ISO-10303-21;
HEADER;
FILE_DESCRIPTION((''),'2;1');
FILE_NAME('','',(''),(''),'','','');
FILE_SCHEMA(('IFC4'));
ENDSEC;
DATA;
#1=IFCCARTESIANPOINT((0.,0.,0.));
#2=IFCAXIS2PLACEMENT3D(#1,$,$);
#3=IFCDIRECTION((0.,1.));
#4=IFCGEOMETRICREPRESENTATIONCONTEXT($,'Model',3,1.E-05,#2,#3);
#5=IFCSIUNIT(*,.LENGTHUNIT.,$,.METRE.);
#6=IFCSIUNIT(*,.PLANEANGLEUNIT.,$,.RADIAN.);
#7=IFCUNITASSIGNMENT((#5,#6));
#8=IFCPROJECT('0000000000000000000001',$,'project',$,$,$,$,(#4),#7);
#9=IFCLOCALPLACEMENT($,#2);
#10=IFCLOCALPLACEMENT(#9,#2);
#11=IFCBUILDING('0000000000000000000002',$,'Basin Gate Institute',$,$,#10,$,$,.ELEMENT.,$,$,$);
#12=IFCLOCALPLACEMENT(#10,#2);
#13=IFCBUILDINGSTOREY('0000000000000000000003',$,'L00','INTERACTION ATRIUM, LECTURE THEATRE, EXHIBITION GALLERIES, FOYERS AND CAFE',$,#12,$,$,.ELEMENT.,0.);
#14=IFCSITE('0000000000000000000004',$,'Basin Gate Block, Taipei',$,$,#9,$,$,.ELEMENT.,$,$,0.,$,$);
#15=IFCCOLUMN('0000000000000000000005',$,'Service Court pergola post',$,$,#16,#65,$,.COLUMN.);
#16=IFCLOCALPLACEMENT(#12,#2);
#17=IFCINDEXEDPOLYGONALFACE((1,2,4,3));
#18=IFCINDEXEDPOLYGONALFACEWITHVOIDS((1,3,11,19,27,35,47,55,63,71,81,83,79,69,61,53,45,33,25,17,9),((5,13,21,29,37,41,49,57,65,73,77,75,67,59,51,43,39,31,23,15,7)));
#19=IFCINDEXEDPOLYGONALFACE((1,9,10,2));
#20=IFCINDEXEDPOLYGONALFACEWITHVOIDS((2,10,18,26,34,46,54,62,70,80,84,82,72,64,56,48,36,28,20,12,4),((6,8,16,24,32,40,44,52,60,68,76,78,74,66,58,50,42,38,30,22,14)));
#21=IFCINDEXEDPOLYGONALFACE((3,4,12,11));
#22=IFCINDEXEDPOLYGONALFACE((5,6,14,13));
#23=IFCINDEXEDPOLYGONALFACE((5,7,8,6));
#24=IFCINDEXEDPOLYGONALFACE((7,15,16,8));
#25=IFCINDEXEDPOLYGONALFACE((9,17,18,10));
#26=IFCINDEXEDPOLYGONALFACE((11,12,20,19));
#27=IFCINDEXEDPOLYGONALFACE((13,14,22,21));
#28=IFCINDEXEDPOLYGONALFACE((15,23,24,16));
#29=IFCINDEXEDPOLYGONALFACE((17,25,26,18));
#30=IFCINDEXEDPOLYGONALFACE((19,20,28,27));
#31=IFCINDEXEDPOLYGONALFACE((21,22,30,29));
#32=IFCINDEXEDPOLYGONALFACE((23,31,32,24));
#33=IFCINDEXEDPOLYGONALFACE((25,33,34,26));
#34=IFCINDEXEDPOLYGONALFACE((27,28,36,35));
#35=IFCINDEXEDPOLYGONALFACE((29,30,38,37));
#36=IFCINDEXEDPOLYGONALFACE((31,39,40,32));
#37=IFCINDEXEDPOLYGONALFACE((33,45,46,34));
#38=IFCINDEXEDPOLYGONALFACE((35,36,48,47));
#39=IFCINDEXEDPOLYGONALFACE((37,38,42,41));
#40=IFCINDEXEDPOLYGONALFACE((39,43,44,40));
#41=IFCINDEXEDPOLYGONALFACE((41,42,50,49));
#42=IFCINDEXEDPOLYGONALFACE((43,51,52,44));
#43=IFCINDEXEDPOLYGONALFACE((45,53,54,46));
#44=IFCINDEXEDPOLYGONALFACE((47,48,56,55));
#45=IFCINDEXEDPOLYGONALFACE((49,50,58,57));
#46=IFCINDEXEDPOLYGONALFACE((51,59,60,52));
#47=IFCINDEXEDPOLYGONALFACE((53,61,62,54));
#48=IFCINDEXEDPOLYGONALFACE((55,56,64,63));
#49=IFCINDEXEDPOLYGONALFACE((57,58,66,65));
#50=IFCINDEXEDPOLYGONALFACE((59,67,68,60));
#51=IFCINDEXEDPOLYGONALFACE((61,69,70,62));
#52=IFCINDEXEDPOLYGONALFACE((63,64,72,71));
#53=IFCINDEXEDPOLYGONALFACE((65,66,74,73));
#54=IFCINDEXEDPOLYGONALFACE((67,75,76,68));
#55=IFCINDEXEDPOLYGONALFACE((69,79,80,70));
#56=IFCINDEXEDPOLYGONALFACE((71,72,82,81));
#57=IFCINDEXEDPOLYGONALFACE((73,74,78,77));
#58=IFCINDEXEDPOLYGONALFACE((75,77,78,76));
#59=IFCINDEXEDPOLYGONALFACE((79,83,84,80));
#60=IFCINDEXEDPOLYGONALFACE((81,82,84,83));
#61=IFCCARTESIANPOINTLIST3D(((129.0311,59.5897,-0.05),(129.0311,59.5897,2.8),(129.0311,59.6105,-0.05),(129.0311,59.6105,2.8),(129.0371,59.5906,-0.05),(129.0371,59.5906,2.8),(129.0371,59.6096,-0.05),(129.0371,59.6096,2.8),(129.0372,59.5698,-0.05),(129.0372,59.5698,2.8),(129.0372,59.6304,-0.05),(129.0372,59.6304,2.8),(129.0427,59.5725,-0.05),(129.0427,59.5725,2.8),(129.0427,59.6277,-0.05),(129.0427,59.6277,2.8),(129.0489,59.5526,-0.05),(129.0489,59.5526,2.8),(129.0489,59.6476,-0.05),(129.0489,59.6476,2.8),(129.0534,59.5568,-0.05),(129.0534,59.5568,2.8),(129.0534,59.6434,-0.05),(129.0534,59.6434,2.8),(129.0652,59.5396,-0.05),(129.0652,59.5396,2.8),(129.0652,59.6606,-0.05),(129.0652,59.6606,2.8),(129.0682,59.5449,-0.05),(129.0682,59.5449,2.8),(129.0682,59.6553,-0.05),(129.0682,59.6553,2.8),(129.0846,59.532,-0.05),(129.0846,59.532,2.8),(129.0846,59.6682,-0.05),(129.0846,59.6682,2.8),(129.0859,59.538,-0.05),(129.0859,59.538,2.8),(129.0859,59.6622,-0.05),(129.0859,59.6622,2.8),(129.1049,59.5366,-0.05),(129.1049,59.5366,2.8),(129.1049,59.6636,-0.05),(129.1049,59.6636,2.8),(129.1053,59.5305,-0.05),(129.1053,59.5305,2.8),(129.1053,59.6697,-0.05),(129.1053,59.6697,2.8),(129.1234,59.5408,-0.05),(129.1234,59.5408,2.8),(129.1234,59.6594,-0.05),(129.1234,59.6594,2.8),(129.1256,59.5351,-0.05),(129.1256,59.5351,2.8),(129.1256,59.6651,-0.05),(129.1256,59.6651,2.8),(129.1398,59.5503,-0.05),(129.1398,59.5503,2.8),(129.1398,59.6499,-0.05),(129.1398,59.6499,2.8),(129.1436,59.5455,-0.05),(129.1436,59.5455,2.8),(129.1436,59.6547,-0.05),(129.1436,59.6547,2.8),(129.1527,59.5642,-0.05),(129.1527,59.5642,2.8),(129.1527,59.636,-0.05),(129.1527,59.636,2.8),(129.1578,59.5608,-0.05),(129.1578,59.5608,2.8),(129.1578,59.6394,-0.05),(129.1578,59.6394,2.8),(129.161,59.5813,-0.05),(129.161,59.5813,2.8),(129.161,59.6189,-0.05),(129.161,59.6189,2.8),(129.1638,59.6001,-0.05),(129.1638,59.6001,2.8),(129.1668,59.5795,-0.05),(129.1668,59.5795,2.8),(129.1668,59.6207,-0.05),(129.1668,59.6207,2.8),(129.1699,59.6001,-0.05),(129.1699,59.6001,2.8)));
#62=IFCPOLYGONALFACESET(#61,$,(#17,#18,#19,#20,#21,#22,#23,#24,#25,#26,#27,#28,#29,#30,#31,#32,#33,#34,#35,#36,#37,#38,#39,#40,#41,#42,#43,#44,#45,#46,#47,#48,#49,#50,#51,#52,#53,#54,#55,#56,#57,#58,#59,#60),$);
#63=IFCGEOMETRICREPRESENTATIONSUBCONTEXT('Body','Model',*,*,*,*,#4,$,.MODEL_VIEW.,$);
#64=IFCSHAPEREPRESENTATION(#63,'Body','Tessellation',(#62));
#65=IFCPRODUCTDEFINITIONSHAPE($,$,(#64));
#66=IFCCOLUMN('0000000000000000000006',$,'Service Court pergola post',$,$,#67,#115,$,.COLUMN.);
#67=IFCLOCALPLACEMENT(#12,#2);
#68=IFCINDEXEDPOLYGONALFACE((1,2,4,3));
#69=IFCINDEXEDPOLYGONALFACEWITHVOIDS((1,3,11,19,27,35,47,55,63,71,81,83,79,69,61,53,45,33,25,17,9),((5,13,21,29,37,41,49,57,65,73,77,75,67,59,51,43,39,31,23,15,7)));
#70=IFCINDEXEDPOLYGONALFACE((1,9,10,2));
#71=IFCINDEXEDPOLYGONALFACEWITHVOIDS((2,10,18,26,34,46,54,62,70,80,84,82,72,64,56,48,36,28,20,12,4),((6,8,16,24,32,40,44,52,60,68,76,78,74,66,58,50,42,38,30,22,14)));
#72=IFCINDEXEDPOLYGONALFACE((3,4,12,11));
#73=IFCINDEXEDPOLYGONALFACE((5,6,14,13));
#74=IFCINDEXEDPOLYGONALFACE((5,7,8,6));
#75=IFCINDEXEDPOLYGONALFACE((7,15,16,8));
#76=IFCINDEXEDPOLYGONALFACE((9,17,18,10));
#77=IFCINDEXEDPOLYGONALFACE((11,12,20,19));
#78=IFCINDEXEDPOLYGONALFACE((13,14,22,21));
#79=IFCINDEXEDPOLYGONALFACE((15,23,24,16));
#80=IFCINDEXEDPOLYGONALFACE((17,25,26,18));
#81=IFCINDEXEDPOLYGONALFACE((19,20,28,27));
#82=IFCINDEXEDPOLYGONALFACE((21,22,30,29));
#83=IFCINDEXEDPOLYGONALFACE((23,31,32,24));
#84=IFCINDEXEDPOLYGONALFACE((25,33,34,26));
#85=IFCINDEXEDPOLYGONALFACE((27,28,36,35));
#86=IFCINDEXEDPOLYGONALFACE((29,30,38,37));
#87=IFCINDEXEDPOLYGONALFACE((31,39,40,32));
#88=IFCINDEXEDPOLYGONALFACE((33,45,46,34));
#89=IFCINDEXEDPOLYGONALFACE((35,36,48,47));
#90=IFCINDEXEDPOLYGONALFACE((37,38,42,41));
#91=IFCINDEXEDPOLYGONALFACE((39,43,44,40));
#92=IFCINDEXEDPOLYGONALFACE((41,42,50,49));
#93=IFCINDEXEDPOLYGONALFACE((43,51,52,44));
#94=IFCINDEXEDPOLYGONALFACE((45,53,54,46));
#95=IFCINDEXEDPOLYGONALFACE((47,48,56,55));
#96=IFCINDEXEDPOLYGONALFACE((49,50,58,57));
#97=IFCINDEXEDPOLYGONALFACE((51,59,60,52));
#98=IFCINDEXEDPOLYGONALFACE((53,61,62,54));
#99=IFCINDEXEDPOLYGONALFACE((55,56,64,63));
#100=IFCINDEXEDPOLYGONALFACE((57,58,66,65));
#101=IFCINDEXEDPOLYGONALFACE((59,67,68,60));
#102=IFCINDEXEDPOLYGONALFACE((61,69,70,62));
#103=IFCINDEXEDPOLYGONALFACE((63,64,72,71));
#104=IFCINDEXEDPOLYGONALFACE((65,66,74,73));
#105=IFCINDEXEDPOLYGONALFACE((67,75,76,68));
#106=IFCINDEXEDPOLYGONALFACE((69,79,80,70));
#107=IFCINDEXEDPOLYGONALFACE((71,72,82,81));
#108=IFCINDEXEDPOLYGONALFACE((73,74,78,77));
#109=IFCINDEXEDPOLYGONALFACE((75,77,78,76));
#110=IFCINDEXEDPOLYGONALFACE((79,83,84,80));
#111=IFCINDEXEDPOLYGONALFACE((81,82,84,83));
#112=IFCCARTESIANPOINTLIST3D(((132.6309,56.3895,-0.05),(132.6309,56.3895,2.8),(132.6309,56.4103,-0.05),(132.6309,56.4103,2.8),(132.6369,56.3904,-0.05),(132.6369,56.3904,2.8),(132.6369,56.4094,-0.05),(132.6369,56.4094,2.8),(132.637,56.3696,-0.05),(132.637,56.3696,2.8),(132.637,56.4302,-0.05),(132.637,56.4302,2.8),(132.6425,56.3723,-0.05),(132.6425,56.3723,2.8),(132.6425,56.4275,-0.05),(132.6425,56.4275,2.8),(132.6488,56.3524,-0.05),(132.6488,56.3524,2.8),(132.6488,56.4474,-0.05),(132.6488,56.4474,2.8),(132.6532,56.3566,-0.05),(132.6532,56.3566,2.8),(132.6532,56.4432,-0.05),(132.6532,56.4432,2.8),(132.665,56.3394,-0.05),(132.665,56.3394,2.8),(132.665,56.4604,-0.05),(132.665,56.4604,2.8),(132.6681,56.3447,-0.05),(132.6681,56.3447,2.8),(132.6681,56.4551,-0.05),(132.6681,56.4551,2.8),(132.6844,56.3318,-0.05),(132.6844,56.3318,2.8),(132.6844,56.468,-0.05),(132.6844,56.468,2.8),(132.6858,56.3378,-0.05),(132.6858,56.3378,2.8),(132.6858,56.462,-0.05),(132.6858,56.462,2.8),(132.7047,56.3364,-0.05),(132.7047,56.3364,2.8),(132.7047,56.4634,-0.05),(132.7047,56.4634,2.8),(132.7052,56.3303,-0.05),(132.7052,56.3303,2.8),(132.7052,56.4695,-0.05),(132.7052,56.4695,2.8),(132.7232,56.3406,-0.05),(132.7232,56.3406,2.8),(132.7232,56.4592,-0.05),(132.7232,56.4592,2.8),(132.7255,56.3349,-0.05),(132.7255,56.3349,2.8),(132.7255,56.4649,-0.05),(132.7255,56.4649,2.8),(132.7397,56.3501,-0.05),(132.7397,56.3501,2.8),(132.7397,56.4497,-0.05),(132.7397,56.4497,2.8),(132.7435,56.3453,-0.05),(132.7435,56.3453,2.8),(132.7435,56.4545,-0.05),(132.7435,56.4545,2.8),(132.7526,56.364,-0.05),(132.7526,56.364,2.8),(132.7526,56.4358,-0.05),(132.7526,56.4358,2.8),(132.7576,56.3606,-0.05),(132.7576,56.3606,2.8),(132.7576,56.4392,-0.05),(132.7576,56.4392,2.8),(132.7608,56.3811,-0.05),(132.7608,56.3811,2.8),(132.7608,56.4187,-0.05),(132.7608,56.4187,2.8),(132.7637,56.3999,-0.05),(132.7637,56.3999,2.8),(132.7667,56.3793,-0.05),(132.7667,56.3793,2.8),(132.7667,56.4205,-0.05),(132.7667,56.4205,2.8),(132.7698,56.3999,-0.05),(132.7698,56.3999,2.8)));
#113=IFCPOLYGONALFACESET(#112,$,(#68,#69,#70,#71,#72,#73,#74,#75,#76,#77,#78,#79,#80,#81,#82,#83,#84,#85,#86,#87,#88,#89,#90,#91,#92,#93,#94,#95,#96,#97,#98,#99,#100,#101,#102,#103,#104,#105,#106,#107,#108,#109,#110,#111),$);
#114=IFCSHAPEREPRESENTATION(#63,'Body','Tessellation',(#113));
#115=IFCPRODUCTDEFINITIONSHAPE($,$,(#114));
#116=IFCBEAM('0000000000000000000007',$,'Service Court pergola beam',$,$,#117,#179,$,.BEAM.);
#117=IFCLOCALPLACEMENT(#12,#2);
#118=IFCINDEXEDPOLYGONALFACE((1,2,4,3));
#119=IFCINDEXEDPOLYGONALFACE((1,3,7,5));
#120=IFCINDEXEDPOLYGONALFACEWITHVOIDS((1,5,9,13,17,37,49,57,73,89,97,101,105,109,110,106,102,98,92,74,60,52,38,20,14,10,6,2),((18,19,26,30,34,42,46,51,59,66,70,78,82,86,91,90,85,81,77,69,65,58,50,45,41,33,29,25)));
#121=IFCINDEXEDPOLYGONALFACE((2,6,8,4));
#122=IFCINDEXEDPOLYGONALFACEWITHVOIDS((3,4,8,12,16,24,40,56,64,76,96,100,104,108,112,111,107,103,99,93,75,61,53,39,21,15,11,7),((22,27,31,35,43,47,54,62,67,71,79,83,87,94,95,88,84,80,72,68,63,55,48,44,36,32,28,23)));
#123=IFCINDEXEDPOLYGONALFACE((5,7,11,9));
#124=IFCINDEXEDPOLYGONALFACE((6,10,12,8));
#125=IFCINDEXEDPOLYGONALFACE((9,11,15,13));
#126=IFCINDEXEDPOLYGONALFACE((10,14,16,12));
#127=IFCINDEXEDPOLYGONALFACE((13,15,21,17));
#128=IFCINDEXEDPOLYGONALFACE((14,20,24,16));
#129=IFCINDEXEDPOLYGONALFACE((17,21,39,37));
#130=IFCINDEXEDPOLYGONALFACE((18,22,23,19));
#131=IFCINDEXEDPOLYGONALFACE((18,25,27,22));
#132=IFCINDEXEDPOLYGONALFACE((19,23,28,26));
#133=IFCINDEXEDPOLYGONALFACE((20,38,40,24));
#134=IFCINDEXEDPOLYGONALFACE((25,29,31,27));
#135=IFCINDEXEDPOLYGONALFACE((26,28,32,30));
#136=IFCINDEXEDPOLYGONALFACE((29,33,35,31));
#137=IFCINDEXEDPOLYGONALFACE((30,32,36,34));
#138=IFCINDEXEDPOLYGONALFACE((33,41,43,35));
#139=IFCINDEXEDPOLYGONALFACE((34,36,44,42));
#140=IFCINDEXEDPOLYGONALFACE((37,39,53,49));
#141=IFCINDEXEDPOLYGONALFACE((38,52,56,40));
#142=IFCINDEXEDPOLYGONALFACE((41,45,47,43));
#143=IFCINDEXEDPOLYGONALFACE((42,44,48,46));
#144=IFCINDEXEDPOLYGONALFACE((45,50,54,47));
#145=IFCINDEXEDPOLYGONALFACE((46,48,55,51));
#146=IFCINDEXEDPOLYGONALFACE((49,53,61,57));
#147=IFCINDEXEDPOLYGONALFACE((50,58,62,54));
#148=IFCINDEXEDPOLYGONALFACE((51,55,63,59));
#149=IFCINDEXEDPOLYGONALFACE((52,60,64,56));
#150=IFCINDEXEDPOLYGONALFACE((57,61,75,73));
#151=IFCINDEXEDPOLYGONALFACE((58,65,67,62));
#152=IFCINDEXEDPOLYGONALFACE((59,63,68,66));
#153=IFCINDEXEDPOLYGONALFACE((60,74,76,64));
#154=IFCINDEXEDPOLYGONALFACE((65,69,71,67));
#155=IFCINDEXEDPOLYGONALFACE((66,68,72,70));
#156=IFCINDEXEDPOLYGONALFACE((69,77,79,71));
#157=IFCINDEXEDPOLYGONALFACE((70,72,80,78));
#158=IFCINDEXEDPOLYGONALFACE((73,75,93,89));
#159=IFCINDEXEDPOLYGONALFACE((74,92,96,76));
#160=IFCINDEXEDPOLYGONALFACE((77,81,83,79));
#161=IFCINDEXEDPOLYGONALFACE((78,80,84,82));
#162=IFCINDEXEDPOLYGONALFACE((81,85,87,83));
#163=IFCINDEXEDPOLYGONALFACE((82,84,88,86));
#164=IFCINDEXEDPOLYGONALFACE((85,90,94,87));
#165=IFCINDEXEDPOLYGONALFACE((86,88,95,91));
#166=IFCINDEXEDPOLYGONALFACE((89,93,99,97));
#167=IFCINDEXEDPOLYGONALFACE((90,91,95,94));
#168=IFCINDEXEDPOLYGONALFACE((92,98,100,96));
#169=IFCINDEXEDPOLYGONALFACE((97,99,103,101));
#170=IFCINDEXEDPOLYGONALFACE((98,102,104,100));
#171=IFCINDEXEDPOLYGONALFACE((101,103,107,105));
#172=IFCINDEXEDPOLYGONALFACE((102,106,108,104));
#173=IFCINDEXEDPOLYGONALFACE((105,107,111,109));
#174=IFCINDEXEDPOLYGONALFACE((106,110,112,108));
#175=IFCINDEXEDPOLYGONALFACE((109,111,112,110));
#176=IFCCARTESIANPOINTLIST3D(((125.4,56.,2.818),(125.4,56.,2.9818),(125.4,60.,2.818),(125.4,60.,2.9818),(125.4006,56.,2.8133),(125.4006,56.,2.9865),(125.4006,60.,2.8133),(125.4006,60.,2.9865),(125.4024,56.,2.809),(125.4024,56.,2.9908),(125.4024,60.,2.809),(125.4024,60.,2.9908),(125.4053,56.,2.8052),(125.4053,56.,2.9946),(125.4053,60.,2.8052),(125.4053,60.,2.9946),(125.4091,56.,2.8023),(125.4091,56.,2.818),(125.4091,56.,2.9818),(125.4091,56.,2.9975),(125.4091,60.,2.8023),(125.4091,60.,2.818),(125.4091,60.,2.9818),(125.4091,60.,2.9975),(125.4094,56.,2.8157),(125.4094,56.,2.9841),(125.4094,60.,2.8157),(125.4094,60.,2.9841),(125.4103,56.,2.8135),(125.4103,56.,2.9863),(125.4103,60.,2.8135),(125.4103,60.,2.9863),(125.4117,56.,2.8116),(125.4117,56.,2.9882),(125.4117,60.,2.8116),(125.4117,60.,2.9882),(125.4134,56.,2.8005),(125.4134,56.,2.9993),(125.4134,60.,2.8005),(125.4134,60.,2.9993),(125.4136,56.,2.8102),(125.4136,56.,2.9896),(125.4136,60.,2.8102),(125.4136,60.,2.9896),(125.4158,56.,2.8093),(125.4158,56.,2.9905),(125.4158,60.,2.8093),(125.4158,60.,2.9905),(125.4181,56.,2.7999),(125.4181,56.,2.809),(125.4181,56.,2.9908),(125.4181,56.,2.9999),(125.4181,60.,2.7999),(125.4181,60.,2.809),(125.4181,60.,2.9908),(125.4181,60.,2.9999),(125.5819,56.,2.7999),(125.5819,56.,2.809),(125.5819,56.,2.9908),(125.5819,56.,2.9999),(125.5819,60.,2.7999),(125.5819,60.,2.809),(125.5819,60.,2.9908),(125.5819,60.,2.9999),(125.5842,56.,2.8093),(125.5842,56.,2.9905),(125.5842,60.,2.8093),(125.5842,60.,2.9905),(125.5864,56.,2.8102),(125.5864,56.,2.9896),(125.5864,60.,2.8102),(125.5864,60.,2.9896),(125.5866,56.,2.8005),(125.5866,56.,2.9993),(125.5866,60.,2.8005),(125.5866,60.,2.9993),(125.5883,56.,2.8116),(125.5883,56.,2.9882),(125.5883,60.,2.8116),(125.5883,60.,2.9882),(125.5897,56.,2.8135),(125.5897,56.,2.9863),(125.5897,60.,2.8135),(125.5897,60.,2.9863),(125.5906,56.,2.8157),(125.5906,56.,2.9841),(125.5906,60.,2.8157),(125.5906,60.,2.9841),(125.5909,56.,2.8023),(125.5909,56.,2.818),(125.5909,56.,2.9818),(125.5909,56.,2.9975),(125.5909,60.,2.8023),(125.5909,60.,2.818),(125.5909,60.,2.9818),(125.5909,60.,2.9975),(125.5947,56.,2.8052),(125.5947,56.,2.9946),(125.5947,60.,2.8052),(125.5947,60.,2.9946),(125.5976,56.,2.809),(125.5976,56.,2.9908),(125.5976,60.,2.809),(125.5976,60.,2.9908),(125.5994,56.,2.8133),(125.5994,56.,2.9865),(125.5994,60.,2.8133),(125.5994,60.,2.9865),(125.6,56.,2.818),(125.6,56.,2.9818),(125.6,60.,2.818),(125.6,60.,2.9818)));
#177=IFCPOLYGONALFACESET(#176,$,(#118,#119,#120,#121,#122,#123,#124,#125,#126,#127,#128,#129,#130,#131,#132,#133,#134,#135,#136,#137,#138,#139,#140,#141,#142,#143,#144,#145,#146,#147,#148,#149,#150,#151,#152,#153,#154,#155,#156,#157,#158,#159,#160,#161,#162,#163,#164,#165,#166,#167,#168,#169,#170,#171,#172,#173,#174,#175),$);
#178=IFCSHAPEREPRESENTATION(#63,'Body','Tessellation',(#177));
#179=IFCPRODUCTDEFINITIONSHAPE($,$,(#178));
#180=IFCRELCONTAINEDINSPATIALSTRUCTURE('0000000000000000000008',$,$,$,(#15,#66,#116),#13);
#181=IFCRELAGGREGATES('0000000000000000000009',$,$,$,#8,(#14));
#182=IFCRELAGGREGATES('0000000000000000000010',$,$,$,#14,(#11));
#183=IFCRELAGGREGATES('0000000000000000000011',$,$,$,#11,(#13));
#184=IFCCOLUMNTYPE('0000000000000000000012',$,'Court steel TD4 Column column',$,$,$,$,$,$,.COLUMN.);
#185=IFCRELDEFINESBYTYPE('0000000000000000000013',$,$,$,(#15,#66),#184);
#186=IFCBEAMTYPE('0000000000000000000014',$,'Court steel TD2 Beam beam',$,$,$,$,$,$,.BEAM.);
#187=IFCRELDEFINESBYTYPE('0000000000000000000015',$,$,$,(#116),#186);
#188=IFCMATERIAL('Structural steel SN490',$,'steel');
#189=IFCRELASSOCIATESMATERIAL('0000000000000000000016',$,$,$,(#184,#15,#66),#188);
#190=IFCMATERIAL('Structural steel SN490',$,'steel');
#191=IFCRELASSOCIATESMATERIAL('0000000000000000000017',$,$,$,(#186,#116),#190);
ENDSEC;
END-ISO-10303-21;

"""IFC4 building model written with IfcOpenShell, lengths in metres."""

from ifc_helpers import new_model, si_unit, direction, frame, origin, origin_2d, place, context, subcontext, project, spatial, hollow_rectangle, hollow_circle, extrude, material, material_profile, profile_set, type_object, element, save


model = new_model("IFC4")

# Units and contexts
model_context = context("Model", 3, precision=1e-05, world=origin(), true_north=direction((0.0, 1.0)))
body_context = subcontext(model_context, "Body", "Model", "MODEL_VIEW")
ifc_project = project(units=[si_unit("LENGTHUNIT", "METRE"), si_unit("PLANEANGLEUNIT", "RADIAN")], contexts=[model_context])

# Site, building, storey
site_placement = place(None, origin())
site = spatial("IfcSite", under=ifc_project, at=site_placement, Name="Basin Gate Block, Taipei", CompositionType="ELEMENT", RefElevation=0.0)
building_placement = place(site_placement, origin())
building = spatial("IfcBuilding", under=site, at=building_placement, Name="Basin Gate Institute", CompositionType="ELEMENT")
storey_placement = place(building_placement, origin())
storey = spatial("IfcBuildingStorey", under=building, at=storey_placement, Name="L00", Description="INTERACTION ATRIUM, LECTURE THEATRE, EXHIBITION GALLERIES, FOYERS AND CAFE", CompositionType="ELEMENT", Elevation=0.0)

# Columns
ifc_material_1 = material(Name="Structural steel SN490", Category="steel")
ifc_material_profile_1 = material_profile(ifc_material_1, hollow_circle(Radius=0.0698, WallThickness=0.0061, at=origin_2d()), Name="CHS139x6")
ifc_profile_set_1 = profile_set([ifc_material_profile_1], Name="Structural steel SN490")
column_type_1 = type_object("IfcColumnType", Name="Court steel TD4 Column column", PredefinedType="COLUMN", material=ifc_profile_set_1)
for number, where, z_axis, x_axis, name in (
    (1, (129.1001, 59.6001, -0.05), (0.0, 0.0, 1.0), (1.0, 0.0, 0.0), "Service Court pergola post"),
    (2, (132.7, 56.3999, -0.05), (0.0, 0.0, 1.0), (1.0, 0.0, 0.0), "Service Court pergola post"),
):
    element("IfcColumn", number, at=place(storey_placement, frame(where, z_axis=z_axis, x_axis=x_axis)), inside=storey, type_object=column_type_1, material=ifc_profile_set_1, Name=name, PredefinedType="COLUMN", context=body_context, shape_type="SweptSolid", body=[
        extrude(hollow_circle(Radius=0.0698, WallThickness=0.0061, at=origin_2d()), origin(), (0.0, 0.0, 1.0), 2.8501),
    ])

# Beam
ifc_material_2 = material(Name="Structural steel SN490", Category="steel")
ifc_material_profile_2 = material_profile(ifc_material_2, hollow_rectangle(XDim=0.2, YDim=0.2, WallThickness=0.009, InnerFilletRadius=0.009, OuterFilletRadius=0.0181, at=origin_2d()), Name="RHS200x200x9")
ifc_profile_set_2 = profile_set([ifc_material_profile_2], Name="Structural steel SN490")
beam_type = type_object("IfcBeamType", Name="Court steel TD2 Beam beam", PredefinedType="BEAM", material=ifc_profile_set_2)
for number, where, z_axis, x_axis, name in (
    (3, (125.5, 56.0, 2.8999), (0.0, 1.0, 0.0), (-1.0, 0.0, 0.0), "Service Court pergola beam"),
):
    element("IfcBeam", number, at=place(storey_placement, frame(where, z_axis=z_axis, x_axis=x_axis)), inside=storey, type_object=beam_type, material=ifc_profile_set_2, Name=name, PredefinedType="BEAM", context=body_context, shape_type="SweptSolid", body=[
        extrude(hollow_rectangle(XDim=0.2, YDim=0.2, WallThickness=0.009, InnerFilletRadius=0.009, OuterFilletRadius=0.0181, at=origin_2d()), origin(), (0.0, 0.0, 1.0), 4.0),
    ])

save(model, "model.ifc")
